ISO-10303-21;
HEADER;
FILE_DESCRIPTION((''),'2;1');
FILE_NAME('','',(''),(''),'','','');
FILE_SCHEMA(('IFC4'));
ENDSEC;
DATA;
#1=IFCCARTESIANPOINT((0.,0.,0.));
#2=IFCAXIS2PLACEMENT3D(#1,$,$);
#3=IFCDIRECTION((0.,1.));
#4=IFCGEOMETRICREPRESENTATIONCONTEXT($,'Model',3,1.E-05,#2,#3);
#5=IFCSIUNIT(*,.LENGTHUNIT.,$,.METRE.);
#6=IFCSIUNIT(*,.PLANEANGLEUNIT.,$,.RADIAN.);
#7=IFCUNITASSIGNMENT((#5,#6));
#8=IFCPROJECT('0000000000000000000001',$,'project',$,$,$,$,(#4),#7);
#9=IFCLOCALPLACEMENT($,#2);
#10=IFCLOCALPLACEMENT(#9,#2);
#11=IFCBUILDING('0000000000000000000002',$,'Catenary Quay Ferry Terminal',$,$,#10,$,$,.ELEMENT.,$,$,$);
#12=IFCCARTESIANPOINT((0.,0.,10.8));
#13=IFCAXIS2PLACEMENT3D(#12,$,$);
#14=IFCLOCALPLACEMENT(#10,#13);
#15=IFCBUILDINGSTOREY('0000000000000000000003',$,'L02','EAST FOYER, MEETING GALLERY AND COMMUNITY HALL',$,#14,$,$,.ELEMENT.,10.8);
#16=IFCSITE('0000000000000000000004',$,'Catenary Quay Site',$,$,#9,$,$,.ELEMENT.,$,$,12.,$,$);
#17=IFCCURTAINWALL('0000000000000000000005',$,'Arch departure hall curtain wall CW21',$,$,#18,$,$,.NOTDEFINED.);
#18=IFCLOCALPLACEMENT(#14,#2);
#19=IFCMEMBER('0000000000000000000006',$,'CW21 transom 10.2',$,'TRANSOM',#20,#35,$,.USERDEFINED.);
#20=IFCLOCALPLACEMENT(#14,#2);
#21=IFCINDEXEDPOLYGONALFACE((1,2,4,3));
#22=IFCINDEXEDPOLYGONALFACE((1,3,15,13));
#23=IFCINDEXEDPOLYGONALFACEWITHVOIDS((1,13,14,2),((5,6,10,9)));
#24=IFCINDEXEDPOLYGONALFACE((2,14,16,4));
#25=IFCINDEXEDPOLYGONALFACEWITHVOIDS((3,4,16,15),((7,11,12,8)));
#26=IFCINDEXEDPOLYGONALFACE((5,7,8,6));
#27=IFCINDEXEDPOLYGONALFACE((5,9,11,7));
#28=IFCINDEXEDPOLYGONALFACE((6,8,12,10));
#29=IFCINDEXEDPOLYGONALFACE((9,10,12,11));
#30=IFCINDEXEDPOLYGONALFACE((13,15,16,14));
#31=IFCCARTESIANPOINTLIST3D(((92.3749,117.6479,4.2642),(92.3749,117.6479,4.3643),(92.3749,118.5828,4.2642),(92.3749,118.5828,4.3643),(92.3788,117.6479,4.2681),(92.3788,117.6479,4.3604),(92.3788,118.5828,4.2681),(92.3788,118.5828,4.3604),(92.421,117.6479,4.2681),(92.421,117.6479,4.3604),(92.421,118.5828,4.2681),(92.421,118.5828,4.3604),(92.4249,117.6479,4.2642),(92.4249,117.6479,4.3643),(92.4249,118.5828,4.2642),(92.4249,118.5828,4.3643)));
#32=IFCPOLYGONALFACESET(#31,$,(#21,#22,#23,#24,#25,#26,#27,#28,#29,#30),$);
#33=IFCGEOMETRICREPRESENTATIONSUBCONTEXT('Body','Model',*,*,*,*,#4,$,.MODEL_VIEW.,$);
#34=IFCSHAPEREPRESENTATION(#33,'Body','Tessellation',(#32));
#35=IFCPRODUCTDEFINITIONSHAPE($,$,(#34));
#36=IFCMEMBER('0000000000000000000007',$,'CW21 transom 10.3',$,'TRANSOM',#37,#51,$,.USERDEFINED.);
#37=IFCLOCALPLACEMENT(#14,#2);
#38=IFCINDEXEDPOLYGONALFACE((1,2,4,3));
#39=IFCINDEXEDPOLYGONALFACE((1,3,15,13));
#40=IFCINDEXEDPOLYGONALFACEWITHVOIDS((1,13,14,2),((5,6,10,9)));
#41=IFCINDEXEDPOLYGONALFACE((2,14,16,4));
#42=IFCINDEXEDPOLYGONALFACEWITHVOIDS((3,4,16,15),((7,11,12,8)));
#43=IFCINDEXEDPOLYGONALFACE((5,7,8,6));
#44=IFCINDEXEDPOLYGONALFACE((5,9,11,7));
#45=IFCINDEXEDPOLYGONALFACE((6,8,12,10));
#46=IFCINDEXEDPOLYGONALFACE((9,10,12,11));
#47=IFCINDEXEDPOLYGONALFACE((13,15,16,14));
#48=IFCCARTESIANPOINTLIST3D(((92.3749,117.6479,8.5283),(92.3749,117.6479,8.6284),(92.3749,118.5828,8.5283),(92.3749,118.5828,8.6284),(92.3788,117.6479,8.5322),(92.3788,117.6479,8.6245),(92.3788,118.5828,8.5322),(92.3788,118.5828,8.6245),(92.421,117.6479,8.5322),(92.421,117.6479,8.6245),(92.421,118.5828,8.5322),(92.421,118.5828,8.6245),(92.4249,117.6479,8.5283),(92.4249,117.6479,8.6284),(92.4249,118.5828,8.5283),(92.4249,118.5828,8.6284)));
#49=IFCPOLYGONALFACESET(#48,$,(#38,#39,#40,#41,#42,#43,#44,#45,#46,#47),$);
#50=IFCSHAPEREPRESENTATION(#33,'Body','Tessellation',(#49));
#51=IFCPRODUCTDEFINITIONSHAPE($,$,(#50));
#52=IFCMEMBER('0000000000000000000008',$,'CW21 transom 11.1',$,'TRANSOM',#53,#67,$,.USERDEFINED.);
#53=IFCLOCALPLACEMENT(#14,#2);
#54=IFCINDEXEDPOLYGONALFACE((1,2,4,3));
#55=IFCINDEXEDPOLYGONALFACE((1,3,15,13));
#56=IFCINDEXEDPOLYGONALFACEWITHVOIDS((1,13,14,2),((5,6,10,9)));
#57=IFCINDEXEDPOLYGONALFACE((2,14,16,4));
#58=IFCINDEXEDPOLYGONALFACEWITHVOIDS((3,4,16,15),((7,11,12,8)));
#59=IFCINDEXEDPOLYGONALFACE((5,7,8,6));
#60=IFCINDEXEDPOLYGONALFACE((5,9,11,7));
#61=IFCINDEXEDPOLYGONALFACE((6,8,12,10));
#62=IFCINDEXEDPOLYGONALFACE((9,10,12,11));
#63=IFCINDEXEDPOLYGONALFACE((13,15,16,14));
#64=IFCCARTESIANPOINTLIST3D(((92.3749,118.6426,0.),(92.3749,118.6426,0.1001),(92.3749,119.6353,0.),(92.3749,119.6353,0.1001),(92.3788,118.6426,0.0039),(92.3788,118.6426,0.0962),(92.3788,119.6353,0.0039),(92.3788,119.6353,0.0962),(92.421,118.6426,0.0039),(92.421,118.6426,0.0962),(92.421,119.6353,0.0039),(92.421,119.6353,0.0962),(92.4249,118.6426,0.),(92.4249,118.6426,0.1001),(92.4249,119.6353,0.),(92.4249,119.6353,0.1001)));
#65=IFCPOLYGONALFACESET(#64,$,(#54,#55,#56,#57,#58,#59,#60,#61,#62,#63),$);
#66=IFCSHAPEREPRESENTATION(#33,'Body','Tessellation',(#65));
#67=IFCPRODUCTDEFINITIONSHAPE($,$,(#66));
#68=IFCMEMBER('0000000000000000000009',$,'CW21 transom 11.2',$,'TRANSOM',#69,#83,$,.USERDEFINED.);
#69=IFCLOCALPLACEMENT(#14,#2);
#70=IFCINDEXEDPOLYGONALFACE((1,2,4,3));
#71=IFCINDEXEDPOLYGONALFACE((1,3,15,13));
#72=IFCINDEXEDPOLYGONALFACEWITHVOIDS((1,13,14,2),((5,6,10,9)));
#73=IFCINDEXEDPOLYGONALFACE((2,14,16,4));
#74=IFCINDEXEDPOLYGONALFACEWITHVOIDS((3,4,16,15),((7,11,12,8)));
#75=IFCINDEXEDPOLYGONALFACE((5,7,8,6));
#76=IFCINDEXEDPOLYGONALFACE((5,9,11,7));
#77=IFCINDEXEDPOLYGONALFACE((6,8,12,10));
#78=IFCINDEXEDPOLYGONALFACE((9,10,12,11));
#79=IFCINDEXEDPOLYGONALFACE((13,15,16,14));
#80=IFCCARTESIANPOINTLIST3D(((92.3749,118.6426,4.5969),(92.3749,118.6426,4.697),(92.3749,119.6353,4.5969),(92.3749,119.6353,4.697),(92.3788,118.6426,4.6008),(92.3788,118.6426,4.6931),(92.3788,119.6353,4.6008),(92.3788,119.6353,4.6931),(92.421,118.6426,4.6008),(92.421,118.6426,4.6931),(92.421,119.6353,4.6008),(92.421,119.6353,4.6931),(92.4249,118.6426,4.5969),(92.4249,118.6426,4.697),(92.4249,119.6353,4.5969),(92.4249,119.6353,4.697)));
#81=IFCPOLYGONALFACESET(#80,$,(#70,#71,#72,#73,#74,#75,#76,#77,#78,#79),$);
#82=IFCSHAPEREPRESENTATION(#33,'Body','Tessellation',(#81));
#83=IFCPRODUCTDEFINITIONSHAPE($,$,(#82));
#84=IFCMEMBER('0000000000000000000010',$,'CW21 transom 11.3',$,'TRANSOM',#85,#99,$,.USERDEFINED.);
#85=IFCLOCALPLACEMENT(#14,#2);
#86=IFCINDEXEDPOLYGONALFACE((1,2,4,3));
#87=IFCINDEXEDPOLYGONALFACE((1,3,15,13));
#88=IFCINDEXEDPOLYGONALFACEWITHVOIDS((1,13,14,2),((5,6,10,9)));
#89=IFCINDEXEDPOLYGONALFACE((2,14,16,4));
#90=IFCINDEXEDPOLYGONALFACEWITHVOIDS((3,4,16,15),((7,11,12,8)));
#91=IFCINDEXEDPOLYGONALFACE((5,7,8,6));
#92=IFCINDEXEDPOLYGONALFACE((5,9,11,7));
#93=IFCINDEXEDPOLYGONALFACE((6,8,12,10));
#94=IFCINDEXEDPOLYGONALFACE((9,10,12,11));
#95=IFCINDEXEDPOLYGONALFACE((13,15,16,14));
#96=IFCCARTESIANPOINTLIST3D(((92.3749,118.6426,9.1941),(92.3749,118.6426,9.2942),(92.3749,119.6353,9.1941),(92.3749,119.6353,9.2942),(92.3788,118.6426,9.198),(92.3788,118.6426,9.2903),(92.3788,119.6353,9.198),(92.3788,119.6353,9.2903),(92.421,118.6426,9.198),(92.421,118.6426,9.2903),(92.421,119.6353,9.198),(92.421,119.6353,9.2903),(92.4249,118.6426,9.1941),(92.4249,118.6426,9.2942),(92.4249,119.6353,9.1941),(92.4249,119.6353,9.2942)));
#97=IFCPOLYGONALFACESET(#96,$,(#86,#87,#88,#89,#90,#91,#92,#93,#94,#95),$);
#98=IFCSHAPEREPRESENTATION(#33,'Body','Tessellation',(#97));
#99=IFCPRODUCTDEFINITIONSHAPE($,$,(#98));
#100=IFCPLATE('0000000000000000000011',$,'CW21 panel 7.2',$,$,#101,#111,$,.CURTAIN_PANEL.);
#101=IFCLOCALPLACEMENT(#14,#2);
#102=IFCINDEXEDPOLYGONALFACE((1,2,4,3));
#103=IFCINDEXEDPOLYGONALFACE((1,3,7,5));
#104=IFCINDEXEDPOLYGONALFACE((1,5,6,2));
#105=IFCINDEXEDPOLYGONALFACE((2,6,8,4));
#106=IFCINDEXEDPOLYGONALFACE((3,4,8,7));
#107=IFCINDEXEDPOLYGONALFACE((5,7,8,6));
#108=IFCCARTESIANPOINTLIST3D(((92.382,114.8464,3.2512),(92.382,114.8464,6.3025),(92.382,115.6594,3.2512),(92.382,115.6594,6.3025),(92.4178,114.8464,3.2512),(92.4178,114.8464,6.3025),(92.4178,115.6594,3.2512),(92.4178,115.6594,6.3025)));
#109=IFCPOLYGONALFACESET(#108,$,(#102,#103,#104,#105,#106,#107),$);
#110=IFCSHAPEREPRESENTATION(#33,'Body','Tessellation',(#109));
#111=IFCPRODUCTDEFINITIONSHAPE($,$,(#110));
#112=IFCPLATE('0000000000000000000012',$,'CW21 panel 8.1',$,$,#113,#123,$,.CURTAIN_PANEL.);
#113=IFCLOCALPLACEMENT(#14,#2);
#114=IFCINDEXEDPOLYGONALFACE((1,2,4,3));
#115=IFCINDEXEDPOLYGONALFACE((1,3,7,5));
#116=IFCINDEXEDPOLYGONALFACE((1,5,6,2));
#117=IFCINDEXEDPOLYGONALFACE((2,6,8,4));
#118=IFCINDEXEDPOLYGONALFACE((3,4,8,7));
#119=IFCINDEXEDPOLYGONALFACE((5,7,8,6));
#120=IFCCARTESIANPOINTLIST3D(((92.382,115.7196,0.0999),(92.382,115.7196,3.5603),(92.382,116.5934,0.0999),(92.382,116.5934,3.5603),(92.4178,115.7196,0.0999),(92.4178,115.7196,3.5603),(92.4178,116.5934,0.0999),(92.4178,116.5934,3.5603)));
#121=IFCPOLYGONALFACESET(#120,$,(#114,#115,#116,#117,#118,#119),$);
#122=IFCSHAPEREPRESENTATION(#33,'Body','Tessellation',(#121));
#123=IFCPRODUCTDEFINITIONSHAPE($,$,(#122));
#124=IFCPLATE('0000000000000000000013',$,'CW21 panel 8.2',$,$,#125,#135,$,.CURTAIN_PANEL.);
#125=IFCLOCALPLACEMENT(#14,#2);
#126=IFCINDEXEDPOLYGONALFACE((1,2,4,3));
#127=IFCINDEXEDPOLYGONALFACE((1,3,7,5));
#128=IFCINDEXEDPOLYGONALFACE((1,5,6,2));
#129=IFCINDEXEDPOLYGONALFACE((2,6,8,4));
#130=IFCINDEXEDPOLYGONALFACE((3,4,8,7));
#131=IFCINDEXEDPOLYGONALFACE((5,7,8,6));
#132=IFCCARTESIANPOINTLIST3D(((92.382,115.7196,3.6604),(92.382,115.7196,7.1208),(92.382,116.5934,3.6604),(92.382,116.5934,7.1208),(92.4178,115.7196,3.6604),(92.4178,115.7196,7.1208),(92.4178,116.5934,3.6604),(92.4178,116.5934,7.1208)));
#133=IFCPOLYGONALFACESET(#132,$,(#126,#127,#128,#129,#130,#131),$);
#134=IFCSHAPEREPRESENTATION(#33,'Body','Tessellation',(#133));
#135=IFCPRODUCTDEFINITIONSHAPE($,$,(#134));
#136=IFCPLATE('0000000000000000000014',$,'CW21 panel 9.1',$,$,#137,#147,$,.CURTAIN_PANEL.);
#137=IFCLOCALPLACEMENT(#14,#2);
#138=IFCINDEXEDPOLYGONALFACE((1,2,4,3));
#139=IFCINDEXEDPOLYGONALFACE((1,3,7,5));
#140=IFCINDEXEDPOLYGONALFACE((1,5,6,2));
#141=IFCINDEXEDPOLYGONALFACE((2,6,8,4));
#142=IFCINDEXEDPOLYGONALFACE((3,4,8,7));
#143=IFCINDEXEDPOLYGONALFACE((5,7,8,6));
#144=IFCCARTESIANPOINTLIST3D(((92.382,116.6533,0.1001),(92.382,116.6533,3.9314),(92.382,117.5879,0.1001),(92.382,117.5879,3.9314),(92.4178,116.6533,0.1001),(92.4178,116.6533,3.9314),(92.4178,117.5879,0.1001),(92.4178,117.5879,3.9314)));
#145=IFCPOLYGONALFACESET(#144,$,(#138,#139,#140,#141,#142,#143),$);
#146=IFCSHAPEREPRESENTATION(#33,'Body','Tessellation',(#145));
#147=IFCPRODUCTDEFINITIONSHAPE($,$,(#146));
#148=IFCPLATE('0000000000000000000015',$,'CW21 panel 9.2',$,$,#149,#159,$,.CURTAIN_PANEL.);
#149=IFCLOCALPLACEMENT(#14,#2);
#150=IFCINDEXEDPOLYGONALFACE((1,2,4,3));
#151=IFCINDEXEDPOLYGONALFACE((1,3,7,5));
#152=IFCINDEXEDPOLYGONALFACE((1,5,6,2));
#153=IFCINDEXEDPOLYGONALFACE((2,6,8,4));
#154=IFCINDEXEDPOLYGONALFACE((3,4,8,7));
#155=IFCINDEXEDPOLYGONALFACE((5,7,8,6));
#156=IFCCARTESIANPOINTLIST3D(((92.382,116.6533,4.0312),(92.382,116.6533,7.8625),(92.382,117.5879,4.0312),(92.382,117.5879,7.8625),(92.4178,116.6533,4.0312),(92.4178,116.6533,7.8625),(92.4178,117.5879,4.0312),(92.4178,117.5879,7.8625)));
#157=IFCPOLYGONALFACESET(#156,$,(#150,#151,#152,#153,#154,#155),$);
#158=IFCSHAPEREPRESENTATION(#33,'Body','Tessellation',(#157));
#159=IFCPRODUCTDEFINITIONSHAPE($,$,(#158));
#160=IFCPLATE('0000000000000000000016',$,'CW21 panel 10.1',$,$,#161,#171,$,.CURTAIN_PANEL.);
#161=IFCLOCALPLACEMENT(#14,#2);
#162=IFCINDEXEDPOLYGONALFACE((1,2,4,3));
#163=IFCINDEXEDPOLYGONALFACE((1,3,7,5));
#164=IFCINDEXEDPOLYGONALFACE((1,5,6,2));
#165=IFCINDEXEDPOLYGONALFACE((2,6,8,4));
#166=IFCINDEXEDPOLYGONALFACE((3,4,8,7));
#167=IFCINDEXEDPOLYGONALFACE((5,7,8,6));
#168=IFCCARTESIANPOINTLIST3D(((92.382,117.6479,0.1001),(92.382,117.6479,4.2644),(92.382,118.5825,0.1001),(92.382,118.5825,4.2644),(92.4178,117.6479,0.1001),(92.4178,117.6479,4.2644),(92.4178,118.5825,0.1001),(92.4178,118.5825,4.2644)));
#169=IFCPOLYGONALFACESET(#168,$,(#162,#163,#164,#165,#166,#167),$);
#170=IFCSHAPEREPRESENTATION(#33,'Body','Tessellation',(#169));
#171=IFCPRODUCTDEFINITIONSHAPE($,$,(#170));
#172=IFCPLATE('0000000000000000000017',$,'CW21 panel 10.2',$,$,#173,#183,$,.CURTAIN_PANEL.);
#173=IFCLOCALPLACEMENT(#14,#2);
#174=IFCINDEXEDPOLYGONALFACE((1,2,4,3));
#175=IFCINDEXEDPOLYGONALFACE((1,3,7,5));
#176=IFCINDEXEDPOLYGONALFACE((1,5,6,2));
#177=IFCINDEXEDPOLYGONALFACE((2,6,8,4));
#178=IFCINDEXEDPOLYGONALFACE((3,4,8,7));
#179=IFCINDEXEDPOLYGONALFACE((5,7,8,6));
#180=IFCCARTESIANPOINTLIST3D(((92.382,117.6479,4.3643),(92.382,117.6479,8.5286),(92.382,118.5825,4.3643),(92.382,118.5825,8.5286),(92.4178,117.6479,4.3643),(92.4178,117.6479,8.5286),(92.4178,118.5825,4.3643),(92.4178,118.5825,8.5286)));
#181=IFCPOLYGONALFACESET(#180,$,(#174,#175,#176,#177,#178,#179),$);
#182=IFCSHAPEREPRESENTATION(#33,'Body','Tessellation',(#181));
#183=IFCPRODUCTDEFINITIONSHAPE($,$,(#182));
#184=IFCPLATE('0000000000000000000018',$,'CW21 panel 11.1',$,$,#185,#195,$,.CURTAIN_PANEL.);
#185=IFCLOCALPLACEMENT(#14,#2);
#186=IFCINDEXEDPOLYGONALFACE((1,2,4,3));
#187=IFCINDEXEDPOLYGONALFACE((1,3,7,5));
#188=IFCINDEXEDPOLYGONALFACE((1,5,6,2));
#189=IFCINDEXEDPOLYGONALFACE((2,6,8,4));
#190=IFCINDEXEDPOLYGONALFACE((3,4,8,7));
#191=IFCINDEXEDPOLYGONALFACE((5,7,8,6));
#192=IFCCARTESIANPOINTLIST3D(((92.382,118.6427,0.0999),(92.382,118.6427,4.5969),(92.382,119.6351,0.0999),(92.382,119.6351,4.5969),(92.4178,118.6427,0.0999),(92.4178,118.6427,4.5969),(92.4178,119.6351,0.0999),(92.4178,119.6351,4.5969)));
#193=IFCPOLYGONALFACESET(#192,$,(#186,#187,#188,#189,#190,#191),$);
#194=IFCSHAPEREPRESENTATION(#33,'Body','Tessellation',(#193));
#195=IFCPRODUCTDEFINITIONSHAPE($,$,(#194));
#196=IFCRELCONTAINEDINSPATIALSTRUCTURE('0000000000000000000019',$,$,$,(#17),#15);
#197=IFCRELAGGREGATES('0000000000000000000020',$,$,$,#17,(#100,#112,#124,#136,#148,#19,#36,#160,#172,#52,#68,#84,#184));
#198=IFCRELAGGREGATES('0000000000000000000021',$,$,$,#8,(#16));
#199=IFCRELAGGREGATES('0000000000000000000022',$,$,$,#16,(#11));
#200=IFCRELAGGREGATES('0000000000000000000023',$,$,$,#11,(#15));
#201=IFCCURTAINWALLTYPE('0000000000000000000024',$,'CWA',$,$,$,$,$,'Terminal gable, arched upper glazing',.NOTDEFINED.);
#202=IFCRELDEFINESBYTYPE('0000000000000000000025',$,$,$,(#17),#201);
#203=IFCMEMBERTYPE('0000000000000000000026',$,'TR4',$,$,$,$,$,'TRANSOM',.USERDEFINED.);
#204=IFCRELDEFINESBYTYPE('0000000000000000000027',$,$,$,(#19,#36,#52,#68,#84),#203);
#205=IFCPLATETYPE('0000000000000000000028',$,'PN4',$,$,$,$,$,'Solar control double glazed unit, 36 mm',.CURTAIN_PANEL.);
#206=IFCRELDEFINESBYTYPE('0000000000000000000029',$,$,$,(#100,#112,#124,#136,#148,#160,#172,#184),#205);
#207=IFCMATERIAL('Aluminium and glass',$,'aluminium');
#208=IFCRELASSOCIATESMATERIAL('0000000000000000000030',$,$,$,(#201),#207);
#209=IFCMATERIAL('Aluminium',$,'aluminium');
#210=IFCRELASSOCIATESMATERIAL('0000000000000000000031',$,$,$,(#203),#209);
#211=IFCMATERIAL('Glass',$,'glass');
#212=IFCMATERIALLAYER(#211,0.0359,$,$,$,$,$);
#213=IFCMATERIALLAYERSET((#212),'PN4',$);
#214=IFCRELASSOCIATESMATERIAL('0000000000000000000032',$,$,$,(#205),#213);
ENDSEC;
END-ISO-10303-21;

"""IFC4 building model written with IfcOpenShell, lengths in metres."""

from ifc_helpers import new_model, si_unit, direction, frame, origin, origin_2d, place, context, subcontext, project, spatial, rectangle, hollow_rectangle, extrude, material, layer, layer_set, material_profile, profile_set, type_object, element, aggregate, save


model = new_model("IFC4")

# Units and contexts
model_context = context("Model", 3, precision=1e-05, world=origin(), true_north=direction((0.0, 1.0)))
body_context = subcontext(model_context, "Body", "Model", "MODEL_VIEW")
ifc_project = project(units=[si_unit("LENGTHUNIT", "METRE"), si_unit("PLANEANGLEUNIT", "RADIAN")], contexts=[model_context])

# Site, building, storey
site_placement = place(None, origin())
site = spatial("IfcSite", under=ifc_project, at=site_placement, Name="Catenary Quay Site", CompositionType="ELEMENT", RefElevation=12.0)
building_placement = place(site_placement, origin())
building = spatial("IfcBuilding", under=site, at=building_placement, Name="Catenary Quay Ferry Terminal", CompositionType="ELEMENT")
storey_placement = place(building_placement, frame((0.0, 0.0, 10.8)))
storey = spatial("IfcBuildingStorey", under=building, at=storey_placement, Name="L02", Description="EAST FOYER, MEETING GALLERY AND COMMUNITY HALL", CompositionType="ELEMENT", Elevation=10.8)

# Curtain wall, members, plates
ifc_material_1 = material(Name="Aluminium and glass", Category="aluminium")
curtain_wall_type = type_object("IfcCurtainWallType", Name="CWA", ElementType="Terminal gable, arched upper glazing", PredefinedType="NOTDEFINED", material=ifc_material_1)
curtain_wall_placement = place(storey_placement, origin())
curtain_wall = element("IfcCurtainWall", 1, at=curtain_wall_placement, inside=storey, type_object=curtain_wall_type, Name="Arch departure hall curtain wall CW21", PredefinedType="NOTDEFINED")
ifc_material_2 = material(Name="Aluminium", Category="aluminium")
ifc_material_profile_1 = material_profile(ifc_material_2, hollow_rectangle(XDim=0.05, YDim=0.1001, WallThickness=0.0039, at=origin_2d()), Name="TR4")
ifc_profile_set_1 = profile_set([ifc_material_profile_1], Name="Aluminium")
member_type_1 = type_object("IfcMemberType", Name="TR4", ElementType="TRANSOM", PredefinedType="USERDEFINED", material=ifc_profile_set_1)
member_1_placement = place(storey_placement, frame((92.3999, 117.6479, 4.3142), z_axis=(0.0, 1.0, 0.0), x_axis=(-1.0, 0.0, 0.0)))
member_1 = element("IfcMember", 2, at=member_1_placement, type_object=member_type_1, Name="CW21 transom 10.2", ObjectType="TRANSOM", PredefinedType="USERDEFINED", context=body_context, shape_type="SweptSolid", body=[
    extrude(hollow_rectangle(XDim=0.05, YDim=0.1001, WallThickness=0.0039, at=origin_2d()), origin(), (0.0, 0.0, 1.0), 0.9348),
])
member_2_placement = place(storey_placement, frame((92.3999, 117.6479, 8.5784), z_axis=(0.0, 1.0, 0.0), x_axis=(-1.0, 0.0, 0.0)))
member_2 = element("IfcMember", 3, at=member_2_placement, type_object=member_type_1, Name="CW21 transom 10.3", ObjectType="TRANSOM", PredefinedType="USERDEFINED", context=body_context, shape_type="SweptSolid", body=[
    extrude(hollow_rectangle(XDim=0.05, YDim=0.1001, WallThickness=0.0039, at=origin_2d()), origin(), (0.0, 0.0, 1.0), 0.9348),
])
member_3_placement = place(storey_placement, frame((92.3999, 118.6426, 0.05), z_axis=(0.0, 1.0, 0.0), x_axis=(-1.0, 0.0, 0.0)))
member_3 = element("IfcMember", 4, at=member_3_placement, type_object=member_type_1, Name="CW21 transom 11.1", ObjectType="TRANSOM", PredefinedType="USERDEFINED", context=body_context, shape_type="SweptSolid", body=[
    extrude(hollow_rectangle(XDim=0.05, YDim=0.1001, WallThickness=0.0039, at=origin_2d()), origin(), (0.0, 0.0, 1.0), 0.9927),
])
member_4_placement = place(storey_placement, frame((92.3999, 118.6426, 4.647), z_axis=(0.0, 1.0, 0.0), x_axis=(-1.0, 0.0, 0.0)))
member_4 = element("IfcMember", 5, at=member_4_placement, type_object=member_type_1, Name="CW21 transom 11.2", ObjectType="TRANSOM", PredefinedType="USERDEFINED", context=body_context, shape_type="SweptSolid", body=[
    extrude(hollow_rectangle(XDim=0.05, YDim=0.1001, WallThickness=0.0039, at=origin_2d()), origin(), (0.0, 0.0, 1.0), 0.9927),
])
member_5_placement = place(storey_placement, frame((92.3999, 118.6426, 9.2441), z_axis=(0.0, 1.0, 0.0), x_axis=(-1.0, 0.0, 0.0)))
member_5 = element("IfcMember", 6, at=member_5_placement, type_object=member_type_1, Name="CW21 transom 11.3", ObjectType="TRANSOM", PredefinedType="USERDEFINED", context=body_context, shape_type="SweptSolid", body=[
    extrude(hollow_rectangle(XDim=0.05, YDim=0.1001, WallThickness=0.0039, at=origin_2d()), origin(), (0.0, 0.0, 1.0), 0.9927),
])
ifc_material_3 = material(Name="Glass", Category="glass")
ifc_layer_1 = layer(ifc_material_3, 0.0359)
ifc_layer_set_1 = layer_set([ifc_layer_1], Name="PN4")
plate_type_1 = type_object("IfcPlateType", Name="PN4", ElementType="Solar control double glazed unit, 36 mm", PredefinedType="CURTAIN_PANEL", material=ifc_layer_set_1)
plate_1_placement = place(storey_placement, frame((92.3999, 115.2529, 3.2512), z_axis=(0.0, 0.0, 1.0), x_axis=(0.0, 1.0, 0.0)))
plate_1 = element("IfcPlate", 7, at=plate_1_placement, type_object=plate_type_1, Name="CW21 panel 7.2", PredefinedType="CURTAIN_PANEL", context=body_context, shape_type="SweptSolid", body=[
    extrude(rectangle(XDim=0.813, YDim=0.0359, at=origin_2d()), origin(), (0.0, 0.0, 1.0), 3.0513),
])
plate_2_placement = place(storey_placement, frame((92.3999, 116.1565, 0.0999), z_axis=(0.0, 0.0, 1.0), x_axis=(0.0, 1.0, 0.0)))
plate_2 = element("IfcPlate", 8, at=plate_2_placement, type_object=plate_type_1, Name="CW21 panel 8.1", PredefinedType="CURTAIN_PANEL", context=body_context, shape_type="SweptSolid", body=[
    extrude(rectangle(XDim=0.8738, YDim=0.0359, at=origin_2d()), origin(), (0.0, 0.0, 1.0), 3.4604),
])
plate_3_placement = place(storey_placement, frame((92.3999, 116.1565, 3.6604), z_axis=(0.0, 0.0, 1.0), x_axis=(0.0, 1.0, 0.0)))
plate_3 = element("IfcPlate", 9, at=plate_3_placement, type_object=plate_type_1, Name="CW21 panel 8.2", PredefinedType="CURTAIN_PANEL", context=body_context, shape_type="SweptSolid", body=[
    extrude(rectangle(XDim=0.8738, YDim=0.0359, at=origin_2d()), origin(), (0.0, 0.0, 1.0), 3.4604),
])
plate_4_placement = place(storey_placement, frame((92.3999, 117.1206, 0.1001), z_axis=(0.0, 0.0, 1.0), x_axis=(0.0, 1.0, 0.0)))
plate_4 = element("IfcPlate", 10, at=plate_4_placement, type_object=plate_type_1, Name="CW21 panel 9.1", PredefinedType="CURTAIN_PANEL", context=body_context, shape_type="SweptSolid", body=[
    extrude(rectangle(XDim=0.9346, YDim=0.0359, at=origin_2d()), origin(), (0.0, 0.0, 1.0), 3.8313),
])
plate_5_placement = place(storey_placement, frame((92.3999, 117.1206, 4.0312), z_axis=(0.0, 0.0, 1.0), x_axis=(0.0, 1.0, 0.0)))
plate_5 = element("IfcPlate", 11, at=plate_5_placement, type_object=plate_type_1, Name="CW21 panel 9.2", PredefinedType="CURTAIN_PANEL", context=body_context, shape_type="SweptSolid", body=[
    extrude(rectangle(XDim=0.9346, YDim=0.0359, at=origin_2d()), origin(), (0.0, 0.0, 1.0), 3.8313),
])
plate_6_placement = place(storey_placement, frame((92.3999, 118.1152, 0.1001), z_axis=(0.0, 0.0, 1.0), x_axis=(0.0, 1.0, 0.0)))
plate_6 = element("IfcPlate", 12, at=plate_6_placement, type_object=plate_type_1, Name="CW21 panel 10.1", PredefinedType="CURTAIN_PANEL", context=body_context, shape_type="SweptSolid", body=[
    extrude(rectangle(XDim=0.9346, YDim=0.0359, at=origin_2d()), origin(), (0.0, 0.0, 1.0), 4.1643),
])
plate_7_placement = place(storey_placement, frame((92.3999, 118.1152, 4.3643), z_axis=(0.0, 0.0, 1.0), x_axis=(0.0, 1.0, 0.0)))
plate_7 = element("IfcPlate", 13, at=plate_7_placement, type_object=plate_type_1, Name="CW21 panel 10.2", PredefinedType="CURTAIN_PANEL", context=body_context, shape_type="SweptSolid", body=[
    extrude(rectangle(XDim=0.9346, YDim=0.0359, at=origin_2d()), origin(), (0.0, 0.0, 1.0), 4.1643),
])
plate_8_placement = place(storey_placement, frame((92.3999, 119.1389, 0.0999), z_axis=(0.0, 0.0, 1.0), x_axis=(0.0, 1.0, 0.0)))
plate_8 = element("IfcPlate", 14, at=plate_8_placement, type_object=plate_type_1, Name="CW21 panel 11.1", PredefinedType="CURTAIN_PANEL", context=body_context, shape_type="SweptSolid", body=[
    extrude(rectangle(XDim=0.9924, YDim=0.0359, at=origin_2d()), origin(), (0.0, 0.0, 1.0), 4.4971),
])
aggregate(curtain_wall, [plate_1, plate_2, plate_3, plate_4, plate_5, member_1, member_2, plate_6, plate_7, member_3, member_4, member_5, plate_8])

save(model, "model.ifc")
